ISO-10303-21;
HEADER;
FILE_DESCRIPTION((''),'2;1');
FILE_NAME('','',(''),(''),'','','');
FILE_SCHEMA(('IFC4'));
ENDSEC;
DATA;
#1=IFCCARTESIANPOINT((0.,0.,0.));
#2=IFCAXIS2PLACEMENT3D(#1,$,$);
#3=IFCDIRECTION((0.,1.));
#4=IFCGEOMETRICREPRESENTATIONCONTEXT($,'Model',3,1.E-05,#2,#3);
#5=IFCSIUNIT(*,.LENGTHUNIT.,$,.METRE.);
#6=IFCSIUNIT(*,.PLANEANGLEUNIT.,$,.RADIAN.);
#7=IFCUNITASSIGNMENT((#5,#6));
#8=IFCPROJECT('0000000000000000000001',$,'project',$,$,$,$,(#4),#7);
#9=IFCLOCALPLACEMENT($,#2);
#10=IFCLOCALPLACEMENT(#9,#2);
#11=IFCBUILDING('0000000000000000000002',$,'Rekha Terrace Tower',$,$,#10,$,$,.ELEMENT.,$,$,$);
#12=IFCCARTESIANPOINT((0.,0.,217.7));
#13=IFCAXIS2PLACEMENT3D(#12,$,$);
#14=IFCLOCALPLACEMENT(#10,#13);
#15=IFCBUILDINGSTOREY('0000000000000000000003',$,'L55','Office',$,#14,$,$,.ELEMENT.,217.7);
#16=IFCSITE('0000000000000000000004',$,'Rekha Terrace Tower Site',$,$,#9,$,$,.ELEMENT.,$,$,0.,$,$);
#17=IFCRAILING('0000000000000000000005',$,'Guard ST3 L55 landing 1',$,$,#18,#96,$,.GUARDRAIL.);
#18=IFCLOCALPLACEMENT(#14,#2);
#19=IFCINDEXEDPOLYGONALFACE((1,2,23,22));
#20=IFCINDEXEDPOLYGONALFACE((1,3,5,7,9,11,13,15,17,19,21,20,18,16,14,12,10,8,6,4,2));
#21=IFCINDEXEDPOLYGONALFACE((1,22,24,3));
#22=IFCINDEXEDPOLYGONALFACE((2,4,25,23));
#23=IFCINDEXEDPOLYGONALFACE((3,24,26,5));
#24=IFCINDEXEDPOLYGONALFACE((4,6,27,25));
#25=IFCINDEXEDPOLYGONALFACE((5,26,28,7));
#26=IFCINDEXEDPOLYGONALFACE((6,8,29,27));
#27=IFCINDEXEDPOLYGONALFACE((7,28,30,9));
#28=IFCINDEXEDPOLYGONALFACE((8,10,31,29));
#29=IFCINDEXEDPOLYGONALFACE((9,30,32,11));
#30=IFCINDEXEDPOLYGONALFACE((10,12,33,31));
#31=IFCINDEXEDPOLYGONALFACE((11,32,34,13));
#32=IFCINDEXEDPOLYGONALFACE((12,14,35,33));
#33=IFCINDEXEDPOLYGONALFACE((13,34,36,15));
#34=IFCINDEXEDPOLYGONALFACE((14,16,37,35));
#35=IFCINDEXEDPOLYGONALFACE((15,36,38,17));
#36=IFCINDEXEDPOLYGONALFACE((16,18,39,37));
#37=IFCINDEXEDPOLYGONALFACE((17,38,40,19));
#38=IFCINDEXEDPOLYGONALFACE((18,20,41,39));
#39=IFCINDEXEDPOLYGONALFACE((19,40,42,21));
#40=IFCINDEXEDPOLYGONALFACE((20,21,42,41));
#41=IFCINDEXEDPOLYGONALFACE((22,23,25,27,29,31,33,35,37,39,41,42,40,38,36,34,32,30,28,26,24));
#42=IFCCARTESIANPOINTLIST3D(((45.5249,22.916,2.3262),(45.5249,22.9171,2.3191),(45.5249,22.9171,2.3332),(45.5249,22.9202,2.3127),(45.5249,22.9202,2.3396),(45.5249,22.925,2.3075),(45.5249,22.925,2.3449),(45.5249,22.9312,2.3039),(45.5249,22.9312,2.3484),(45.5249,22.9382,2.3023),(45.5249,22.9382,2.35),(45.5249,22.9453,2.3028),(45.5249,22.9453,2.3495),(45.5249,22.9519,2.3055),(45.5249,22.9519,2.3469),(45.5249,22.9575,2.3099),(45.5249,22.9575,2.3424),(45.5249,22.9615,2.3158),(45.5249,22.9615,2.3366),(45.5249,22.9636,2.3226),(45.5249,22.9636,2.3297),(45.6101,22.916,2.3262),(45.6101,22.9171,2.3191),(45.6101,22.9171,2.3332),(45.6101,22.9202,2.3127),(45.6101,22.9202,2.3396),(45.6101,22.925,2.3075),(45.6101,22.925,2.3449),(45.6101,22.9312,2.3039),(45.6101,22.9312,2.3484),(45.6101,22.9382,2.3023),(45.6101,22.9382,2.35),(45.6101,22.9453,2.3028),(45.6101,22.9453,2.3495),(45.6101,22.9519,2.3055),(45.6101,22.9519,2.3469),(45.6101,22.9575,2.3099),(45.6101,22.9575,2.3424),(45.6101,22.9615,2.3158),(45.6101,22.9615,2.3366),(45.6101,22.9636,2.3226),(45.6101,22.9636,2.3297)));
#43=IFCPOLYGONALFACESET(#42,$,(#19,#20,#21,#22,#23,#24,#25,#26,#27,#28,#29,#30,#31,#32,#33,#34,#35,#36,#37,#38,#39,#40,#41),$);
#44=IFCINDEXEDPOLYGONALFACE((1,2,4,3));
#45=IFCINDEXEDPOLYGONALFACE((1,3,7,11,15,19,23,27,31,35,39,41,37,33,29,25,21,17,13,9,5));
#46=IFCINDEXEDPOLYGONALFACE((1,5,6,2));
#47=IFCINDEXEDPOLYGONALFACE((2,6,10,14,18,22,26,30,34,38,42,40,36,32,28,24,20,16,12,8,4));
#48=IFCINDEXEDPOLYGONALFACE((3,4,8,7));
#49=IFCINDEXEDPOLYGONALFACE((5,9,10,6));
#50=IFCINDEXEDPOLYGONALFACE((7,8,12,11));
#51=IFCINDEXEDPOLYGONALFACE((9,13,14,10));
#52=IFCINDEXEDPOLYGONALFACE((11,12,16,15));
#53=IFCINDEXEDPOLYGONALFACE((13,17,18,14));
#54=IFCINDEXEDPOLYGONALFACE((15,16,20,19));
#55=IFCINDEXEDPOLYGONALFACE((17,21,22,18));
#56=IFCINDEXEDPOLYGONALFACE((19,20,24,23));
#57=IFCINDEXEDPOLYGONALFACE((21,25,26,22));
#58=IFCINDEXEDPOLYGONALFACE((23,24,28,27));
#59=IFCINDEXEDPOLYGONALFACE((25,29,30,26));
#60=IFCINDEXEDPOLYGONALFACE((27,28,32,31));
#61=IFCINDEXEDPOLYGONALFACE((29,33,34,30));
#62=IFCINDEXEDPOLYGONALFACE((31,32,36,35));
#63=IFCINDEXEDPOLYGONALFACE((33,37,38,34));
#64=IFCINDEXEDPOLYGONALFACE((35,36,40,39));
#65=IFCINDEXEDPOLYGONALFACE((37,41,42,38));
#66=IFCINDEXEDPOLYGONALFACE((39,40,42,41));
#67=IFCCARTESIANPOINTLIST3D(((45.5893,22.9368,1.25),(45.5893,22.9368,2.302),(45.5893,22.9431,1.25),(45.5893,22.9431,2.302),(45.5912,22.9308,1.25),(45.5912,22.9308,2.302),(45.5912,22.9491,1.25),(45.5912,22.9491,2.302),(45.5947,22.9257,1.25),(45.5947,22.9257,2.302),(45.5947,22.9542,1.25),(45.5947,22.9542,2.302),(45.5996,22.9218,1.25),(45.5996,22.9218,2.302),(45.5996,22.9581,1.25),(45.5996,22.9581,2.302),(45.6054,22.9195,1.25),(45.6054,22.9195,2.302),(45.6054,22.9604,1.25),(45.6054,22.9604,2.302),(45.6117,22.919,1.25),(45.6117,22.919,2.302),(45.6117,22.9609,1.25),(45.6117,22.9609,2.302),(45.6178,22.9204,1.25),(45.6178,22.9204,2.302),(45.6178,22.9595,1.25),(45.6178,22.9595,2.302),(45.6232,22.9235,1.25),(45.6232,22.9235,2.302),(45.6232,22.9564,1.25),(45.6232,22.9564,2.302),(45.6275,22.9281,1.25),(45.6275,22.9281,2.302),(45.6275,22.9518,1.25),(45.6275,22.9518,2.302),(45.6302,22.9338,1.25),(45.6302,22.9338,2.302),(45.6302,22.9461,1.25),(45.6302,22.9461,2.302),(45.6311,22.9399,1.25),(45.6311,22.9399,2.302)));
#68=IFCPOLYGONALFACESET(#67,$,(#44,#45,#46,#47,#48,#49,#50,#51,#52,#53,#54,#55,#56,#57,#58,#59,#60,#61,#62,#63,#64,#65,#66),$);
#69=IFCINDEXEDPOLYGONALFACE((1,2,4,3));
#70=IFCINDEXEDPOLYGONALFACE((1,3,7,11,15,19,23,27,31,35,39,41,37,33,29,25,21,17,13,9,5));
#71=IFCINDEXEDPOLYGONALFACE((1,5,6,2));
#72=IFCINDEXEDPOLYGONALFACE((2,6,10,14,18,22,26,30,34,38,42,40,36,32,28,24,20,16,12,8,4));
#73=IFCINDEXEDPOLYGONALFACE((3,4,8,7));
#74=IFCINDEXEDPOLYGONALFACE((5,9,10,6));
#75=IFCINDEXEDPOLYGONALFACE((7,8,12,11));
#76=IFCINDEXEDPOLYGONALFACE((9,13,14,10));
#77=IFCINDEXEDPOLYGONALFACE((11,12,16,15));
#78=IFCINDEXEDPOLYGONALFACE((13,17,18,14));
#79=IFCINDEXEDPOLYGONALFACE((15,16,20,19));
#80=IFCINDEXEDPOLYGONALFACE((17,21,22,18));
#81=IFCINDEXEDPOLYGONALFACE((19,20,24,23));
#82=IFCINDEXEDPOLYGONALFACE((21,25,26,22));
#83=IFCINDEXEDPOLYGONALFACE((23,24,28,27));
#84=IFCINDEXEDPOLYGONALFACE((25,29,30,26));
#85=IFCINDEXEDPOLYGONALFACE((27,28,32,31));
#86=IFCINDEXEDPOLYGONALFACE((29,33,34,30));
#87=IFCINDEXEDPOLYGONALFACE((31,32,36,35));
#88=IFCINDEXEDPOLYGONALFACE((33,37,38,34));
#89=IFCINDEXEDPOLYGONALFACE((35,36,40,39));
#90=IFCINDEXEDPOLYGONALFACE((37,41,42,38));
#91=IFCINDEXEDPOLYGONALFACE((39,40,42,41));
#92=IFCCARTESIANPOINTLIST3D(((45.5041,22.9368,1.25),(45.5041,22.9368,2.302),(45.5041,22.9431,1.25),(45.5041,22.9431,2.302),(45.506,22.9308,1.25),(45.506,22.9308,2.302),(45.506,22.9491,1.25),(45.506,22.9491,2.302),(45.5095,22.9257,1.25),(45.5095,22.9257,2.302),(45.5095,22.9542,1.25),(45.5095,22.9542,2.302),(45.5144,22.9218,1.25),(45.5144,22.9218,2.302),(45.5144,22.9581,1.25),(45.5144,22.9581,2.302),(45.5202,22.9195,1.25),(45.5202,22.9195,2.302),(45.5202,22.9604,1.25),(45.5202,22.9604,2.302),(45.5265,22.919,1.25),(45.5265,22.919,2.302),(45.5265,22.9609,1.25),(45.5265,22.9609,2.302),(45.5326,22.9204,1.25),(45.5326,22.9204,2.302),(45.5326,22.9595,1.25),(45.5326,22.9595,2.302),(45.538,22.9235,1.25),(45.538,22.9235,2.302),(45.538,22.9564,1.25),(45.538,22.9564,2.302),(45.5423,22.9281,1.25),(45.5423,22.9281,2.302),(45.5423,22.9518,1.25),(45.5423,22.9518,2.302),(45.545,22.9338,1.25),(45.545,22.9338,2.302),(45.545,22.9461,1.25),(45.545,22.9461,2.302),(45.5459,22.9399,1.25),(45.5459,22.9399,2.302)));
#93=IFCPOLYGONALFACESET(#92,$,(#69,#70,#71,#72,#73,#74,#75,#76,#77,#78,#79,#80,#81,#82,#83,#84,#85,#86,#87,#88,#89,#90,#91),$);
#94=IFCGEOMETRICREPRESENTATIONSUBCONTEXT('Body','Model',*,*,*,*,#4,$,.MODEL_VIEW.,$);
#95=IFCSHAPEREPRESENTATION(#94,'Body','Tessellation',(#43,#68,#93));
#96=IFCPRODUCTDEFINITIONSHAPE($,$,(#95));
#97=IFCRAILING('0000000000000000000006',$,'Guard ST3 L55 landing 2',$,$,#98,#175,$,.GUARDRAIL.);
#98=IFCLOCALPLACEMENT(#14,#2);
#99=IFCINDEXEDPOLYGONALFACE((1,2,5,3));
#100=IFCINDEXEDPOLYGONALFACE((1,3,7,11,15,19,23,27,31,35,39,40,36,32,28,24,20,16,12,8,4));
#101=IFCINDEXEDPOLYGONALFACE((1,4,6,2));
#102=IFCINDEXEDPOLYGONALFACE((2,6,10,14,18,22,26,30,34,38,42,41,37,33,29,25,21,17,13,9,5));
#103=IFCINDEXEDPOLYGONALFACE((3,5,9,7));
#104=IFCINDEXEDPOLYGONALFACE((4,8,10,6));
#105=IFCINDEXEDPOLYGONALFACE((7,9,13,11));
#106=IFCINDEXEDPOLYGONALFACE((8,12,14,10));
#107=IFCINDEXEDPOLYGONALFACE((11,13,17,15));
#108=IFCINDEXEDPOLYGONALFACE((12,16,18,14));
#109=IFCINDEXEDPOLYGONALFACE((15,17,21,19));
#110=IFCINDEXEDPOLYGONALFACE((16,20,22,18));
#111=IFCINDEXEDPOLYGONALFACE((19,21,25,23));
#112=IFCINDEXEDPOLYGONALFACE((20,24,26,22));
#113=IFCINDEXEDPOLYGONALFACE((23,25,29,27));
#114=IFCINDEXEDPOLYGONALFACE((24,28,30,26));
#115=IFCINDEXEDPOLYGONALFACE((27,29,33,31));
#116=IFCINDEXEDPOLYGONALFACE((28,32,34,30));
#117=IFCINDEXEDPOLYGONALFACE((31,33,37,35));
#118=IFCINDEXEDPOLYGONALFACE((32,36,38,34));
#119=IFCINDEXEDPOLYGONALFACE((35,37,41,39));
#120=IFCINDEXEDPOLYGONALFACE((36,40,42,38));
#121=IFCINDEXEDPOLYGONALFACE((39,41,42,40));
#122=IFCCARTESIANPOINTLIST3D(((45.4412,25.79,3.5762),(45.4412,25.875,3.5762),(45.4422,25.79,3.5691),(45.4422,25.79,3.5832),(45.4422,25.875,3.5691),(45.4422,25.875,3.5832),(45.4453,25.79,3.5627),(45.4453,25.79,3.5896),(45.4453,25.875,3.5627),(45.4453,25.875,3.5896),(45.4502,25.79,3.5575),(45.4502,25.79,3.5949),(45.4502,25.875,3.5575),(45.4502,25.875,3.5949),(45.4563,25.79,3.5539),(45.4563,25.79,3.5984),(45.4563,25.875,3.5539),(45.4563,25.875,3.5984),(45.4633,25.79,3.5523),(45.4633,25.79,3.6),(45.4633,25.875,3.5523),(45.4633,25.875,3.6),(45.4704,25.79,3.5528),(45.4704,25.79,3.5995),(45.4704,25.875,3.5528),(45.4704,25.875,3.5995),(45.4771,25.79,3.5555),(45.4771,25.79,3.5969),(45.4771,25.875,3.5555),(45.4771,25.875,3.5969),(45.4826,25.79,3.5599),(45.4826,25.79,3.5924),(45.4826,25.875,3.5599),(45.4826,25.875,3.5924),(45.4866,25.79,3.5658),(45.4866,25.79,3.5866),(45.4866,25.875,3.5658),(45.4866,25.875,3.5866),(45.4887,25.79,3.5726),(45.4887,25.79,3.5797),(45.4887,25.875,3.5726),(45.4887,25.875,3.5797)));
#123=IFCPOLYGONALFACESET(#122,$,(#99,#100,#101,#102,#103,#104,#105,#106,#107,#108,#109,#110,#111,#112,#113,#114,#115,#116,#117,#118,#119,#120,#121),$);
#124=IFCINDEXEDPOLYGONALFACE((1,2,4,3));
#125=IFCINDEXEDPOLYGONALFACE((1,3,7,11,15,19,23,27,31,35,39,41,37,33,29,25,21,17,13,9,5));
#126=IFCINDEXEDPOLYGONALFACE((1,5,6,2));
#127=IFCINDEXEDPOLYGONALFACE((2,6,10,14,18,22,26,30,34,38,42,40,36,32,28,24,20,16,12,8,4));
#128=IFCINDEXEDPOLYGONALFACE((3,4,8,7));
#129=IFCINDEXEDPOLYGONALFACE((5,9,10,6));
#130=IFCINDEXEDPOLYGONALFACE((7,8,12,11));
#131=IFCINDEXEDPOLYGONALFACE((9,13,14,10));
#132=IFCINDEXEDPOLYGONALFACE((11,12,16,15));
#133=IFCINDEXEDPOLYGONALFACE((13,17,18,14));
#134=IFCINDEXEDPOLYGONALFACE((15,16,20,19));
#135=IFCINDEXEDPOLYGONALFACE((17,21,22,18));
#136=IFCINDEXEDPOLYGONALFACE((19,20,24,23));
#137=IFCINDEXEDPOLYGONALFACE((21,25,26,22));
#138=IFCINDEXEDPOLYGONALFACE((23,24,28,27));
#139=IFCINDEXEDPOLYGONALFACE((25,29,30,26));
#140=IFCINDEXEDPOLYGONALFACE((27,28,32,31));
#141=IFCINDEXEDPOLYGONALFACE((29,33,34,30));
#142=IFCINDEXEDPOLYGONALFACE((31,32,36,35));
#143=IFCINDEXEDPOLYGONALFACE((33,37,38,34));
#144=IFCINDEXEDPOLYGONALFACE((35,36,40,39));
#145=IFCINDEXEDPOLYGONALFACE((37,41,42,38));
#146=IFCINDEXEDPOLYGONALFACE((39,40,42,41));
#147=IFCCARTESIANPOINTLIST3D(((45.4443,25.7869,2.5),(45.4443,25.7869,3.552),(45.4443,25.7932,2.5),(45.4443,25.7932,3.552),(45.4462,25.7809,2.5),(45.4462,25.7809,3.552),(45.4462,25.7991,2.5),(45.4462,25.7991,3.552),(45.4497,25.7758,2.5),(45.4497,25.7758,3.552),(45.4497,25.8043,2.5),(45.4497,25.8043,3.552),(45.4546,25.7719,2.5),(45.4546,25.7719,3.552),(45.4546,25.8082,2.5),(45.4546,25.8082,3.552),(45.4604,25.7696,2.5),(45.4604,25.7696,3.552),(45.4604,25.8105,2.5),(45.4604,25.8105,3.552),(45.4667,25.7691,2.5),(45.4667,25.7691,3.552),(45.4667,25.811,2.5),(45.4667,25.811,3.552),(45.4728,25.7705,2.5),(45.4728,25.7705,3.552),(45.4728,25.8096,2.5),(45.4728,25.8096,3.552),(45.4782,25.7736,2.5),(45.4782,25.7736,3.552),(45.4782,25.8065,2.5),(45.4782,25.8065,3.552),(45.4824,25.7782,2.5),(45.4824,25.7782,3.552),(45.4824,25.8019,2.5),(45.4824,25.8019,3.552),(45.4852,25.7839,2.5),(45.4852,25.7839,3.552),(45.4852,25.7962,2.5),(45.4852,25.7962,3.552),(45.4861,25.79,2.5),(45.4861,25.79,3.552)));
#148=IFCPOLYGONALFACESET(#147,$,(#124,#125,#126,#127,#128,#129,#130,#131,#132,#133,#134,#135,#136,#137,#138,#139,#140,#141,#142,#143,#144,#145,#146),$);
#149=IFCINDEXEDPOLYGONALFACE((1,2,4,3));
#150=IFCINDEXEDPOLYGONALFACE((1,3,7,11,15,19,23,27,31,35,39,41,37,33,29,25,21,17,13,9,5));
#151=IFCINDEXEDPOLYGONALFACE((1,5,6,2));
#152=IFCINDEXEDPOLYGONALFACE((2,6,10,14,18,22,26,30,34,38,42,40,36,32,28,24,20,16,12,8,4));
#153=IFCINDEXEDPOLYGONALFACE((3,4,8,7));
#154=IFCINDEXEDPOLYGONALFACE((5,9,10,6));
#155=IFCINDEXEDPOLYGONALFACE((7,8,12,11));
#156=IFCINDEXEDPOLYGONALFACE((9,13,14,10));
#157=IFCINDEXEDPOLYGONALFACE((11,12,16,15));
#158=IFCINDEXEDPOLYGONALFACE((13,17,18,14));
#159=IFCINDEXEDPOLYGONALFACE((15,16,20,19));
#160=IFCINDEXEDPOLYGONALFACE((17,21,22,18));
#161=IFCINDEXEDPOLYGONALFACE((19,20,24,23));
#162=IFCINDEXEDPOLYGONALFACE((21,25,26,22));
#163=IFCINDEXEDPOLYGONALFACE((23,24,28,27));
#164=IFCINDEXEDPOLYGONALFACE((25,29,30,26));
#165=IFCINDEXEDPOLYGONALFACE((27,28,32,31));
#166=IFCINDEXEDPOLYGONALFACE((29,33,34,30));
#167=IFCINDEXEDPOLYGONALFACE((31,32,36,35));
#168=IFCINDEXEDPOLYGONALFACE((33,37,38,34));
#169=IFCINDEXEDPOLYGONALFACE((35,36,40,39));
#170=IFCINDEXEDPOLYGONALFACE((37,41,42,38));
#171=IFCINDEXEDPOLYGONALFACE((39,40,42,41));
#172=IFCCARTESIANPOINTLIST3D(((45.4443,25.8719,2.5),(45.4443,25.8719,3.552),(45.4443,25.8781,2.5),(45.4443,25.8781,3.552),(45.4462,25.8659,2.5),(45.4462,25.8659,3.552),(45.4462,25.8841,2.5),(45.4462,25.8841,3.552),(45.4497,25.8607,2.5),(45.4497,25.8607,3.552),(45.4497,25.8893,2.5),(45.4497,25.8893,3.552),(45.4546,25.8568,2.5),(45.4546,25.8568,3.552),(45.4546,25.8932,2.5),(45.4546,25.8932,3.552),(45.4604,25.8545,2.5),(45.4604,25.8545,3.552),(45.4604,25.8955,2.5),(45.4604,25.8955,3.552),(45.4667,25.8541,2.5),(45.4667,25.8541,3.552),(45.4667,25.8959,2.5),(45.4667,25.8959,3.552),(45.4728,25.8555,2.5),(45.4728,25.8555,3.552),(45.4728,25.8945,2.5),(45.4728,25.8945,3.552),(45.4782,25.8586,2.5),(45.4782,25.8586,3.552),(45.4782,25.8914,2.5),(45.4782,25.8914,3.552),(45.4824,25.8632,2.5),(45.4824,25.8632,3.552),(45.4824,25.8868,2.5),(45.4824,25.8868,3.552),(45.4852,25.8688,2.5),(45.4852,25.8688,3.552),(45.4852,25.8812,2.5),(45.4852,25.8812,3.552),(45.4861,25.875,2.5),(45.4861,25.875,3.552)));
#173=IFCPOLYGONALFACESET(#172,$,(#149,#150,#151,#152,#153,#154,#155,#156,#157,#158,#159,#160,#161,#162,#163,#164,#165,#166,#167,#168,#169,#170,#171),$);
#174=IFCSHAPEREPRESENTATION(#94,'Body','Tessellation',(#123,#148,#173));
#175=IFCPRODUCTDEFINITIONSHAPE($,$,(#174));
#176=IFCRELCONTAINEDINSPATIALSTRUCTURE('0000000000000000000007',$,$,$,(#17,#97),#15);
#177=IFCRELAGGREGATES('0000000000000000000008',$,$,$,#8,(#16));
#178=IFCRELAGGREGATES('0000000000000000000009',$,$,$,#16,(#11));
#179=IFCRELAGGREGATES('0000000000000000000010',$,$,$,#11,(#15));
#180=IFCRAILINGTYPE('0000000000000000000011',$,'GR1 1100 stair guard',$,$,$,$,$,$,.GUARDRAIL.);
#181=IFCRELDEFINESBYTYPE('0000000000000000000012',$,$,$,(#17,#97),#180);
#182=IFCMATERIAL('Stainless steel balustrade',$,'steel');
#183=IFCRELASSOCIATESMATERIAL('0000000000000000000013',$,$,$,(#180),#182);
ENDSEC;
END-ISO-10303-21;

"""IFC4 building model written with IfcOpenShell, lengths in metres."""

from ifc_helpers import new_model, si_unit, direction, frame, origin, origin_2d, place, context, subcontext, project, spatial, circle, extrude, material, type_object, element, save


model = new_model("IFC4")

# Units and contexts
model_context = context("Model", 3, precision=1e-05, world=origin(), true_north=direction((0.0, 1.0)))
body_context = subcontext(model_context, "Body", "Model", "MODEL_VIEW")
ifc_project = project(units=[si_unit("LENGTHUNIT", "METRE"), si_unit("PLANEANGLEUNIT", "RADIAN")], contexts=[model_context])

# Site, building, storey
site_placement = place(None, origin())
site = spatial("IfcSite", under=ifc_project, at=site_placement, Name="Rekha Terrace Tower Site", CompositionType="ELEMENT", RefElevation=0.0)
building_placement = place(site_placement, origin())
building = spatial("IfcBuilding", under=site, at=building_placement, Name="Rekha Terrace Tower", CompositionType="ELEMENT")
storey_placement = place(building_placement, frame((0.0, 0.0, 217.7)))
storey = spatial("IfcBuildingStorey", under=building, at=storey_placement, Name="L55", Description="Office", CompositionType="ELEMENT", Elevation=217.7)

# Railings
ifc_material_1 = material(Name="Stainless steel balustrade", Category="steel")
railing_type_1 = type_object("IfcRailingType", Name="GR1 1100 stair guard", PredefinedType="GUARDRAIL", material=ifc_material_1)
railing_1_placement = place(storey_placement, frame((45.6101, 22.9399, 1.25)))
element("IfcRailing", 1, at=railing_1_placement, inside=storey, type_object=railing_type_1, Name="Guard ST3 L55 landing 1", PredefinedType="GUARDRAIL", context=body_context, shape_type="SweptSolid", body=[
    extrude(circle(Radius=0.0239, at=origin_2d()), frame((0.0, 0.0, 1.0762), z_axis=(-1.0, 0.0, 0.0), x_axis=(0.0, -1.0, 0.0)), (0.0, 0.0, 1.0), 0.0852),
    extrude(circle(Radius=0.021, at=origin_2d()), origin(), (0.0, 0.0, 1.0), 1.052),
    extrude(circle(Radius=0.021, at=origin_2d()), frame((-0.0852, 0.0, 0.0)), (0.0, 0.0, 1.0), 1.052),
])
railing_2_placement = place(storey_placement, frame((45.4651, 25.79, 2.5)))
element("IfcRailing", 2, at=railing_2_placement, inside=storey, type_object=railing_type_1, Name="Guard ST3 L55 landing 2", PredefinedType="GUARDRAIL", context=body_context, shape_type="SweptSolid", body=[
    extrude(circle(Radius=0.0239, at=origin_2d()), frame((0.0, 0.0, 1.0762), z_axis=(0.0, 1.0, 0.0), x_axis=(-1.0, 0.0, 0.0)), (0.0, 0.0, 1.0), 0.085),
    extrude(circle(Radius=0.021, at=origin_2d()), origin(), (0.0, 0.0, 1.0), 1.052),
    extrude(circle(Radius=0.021, at=origin_2d()), frame((0.0, 0.085, 0.0)), (0.0, 0.0, 1.0), 1.052),
])

save(model, "model.ifc")
